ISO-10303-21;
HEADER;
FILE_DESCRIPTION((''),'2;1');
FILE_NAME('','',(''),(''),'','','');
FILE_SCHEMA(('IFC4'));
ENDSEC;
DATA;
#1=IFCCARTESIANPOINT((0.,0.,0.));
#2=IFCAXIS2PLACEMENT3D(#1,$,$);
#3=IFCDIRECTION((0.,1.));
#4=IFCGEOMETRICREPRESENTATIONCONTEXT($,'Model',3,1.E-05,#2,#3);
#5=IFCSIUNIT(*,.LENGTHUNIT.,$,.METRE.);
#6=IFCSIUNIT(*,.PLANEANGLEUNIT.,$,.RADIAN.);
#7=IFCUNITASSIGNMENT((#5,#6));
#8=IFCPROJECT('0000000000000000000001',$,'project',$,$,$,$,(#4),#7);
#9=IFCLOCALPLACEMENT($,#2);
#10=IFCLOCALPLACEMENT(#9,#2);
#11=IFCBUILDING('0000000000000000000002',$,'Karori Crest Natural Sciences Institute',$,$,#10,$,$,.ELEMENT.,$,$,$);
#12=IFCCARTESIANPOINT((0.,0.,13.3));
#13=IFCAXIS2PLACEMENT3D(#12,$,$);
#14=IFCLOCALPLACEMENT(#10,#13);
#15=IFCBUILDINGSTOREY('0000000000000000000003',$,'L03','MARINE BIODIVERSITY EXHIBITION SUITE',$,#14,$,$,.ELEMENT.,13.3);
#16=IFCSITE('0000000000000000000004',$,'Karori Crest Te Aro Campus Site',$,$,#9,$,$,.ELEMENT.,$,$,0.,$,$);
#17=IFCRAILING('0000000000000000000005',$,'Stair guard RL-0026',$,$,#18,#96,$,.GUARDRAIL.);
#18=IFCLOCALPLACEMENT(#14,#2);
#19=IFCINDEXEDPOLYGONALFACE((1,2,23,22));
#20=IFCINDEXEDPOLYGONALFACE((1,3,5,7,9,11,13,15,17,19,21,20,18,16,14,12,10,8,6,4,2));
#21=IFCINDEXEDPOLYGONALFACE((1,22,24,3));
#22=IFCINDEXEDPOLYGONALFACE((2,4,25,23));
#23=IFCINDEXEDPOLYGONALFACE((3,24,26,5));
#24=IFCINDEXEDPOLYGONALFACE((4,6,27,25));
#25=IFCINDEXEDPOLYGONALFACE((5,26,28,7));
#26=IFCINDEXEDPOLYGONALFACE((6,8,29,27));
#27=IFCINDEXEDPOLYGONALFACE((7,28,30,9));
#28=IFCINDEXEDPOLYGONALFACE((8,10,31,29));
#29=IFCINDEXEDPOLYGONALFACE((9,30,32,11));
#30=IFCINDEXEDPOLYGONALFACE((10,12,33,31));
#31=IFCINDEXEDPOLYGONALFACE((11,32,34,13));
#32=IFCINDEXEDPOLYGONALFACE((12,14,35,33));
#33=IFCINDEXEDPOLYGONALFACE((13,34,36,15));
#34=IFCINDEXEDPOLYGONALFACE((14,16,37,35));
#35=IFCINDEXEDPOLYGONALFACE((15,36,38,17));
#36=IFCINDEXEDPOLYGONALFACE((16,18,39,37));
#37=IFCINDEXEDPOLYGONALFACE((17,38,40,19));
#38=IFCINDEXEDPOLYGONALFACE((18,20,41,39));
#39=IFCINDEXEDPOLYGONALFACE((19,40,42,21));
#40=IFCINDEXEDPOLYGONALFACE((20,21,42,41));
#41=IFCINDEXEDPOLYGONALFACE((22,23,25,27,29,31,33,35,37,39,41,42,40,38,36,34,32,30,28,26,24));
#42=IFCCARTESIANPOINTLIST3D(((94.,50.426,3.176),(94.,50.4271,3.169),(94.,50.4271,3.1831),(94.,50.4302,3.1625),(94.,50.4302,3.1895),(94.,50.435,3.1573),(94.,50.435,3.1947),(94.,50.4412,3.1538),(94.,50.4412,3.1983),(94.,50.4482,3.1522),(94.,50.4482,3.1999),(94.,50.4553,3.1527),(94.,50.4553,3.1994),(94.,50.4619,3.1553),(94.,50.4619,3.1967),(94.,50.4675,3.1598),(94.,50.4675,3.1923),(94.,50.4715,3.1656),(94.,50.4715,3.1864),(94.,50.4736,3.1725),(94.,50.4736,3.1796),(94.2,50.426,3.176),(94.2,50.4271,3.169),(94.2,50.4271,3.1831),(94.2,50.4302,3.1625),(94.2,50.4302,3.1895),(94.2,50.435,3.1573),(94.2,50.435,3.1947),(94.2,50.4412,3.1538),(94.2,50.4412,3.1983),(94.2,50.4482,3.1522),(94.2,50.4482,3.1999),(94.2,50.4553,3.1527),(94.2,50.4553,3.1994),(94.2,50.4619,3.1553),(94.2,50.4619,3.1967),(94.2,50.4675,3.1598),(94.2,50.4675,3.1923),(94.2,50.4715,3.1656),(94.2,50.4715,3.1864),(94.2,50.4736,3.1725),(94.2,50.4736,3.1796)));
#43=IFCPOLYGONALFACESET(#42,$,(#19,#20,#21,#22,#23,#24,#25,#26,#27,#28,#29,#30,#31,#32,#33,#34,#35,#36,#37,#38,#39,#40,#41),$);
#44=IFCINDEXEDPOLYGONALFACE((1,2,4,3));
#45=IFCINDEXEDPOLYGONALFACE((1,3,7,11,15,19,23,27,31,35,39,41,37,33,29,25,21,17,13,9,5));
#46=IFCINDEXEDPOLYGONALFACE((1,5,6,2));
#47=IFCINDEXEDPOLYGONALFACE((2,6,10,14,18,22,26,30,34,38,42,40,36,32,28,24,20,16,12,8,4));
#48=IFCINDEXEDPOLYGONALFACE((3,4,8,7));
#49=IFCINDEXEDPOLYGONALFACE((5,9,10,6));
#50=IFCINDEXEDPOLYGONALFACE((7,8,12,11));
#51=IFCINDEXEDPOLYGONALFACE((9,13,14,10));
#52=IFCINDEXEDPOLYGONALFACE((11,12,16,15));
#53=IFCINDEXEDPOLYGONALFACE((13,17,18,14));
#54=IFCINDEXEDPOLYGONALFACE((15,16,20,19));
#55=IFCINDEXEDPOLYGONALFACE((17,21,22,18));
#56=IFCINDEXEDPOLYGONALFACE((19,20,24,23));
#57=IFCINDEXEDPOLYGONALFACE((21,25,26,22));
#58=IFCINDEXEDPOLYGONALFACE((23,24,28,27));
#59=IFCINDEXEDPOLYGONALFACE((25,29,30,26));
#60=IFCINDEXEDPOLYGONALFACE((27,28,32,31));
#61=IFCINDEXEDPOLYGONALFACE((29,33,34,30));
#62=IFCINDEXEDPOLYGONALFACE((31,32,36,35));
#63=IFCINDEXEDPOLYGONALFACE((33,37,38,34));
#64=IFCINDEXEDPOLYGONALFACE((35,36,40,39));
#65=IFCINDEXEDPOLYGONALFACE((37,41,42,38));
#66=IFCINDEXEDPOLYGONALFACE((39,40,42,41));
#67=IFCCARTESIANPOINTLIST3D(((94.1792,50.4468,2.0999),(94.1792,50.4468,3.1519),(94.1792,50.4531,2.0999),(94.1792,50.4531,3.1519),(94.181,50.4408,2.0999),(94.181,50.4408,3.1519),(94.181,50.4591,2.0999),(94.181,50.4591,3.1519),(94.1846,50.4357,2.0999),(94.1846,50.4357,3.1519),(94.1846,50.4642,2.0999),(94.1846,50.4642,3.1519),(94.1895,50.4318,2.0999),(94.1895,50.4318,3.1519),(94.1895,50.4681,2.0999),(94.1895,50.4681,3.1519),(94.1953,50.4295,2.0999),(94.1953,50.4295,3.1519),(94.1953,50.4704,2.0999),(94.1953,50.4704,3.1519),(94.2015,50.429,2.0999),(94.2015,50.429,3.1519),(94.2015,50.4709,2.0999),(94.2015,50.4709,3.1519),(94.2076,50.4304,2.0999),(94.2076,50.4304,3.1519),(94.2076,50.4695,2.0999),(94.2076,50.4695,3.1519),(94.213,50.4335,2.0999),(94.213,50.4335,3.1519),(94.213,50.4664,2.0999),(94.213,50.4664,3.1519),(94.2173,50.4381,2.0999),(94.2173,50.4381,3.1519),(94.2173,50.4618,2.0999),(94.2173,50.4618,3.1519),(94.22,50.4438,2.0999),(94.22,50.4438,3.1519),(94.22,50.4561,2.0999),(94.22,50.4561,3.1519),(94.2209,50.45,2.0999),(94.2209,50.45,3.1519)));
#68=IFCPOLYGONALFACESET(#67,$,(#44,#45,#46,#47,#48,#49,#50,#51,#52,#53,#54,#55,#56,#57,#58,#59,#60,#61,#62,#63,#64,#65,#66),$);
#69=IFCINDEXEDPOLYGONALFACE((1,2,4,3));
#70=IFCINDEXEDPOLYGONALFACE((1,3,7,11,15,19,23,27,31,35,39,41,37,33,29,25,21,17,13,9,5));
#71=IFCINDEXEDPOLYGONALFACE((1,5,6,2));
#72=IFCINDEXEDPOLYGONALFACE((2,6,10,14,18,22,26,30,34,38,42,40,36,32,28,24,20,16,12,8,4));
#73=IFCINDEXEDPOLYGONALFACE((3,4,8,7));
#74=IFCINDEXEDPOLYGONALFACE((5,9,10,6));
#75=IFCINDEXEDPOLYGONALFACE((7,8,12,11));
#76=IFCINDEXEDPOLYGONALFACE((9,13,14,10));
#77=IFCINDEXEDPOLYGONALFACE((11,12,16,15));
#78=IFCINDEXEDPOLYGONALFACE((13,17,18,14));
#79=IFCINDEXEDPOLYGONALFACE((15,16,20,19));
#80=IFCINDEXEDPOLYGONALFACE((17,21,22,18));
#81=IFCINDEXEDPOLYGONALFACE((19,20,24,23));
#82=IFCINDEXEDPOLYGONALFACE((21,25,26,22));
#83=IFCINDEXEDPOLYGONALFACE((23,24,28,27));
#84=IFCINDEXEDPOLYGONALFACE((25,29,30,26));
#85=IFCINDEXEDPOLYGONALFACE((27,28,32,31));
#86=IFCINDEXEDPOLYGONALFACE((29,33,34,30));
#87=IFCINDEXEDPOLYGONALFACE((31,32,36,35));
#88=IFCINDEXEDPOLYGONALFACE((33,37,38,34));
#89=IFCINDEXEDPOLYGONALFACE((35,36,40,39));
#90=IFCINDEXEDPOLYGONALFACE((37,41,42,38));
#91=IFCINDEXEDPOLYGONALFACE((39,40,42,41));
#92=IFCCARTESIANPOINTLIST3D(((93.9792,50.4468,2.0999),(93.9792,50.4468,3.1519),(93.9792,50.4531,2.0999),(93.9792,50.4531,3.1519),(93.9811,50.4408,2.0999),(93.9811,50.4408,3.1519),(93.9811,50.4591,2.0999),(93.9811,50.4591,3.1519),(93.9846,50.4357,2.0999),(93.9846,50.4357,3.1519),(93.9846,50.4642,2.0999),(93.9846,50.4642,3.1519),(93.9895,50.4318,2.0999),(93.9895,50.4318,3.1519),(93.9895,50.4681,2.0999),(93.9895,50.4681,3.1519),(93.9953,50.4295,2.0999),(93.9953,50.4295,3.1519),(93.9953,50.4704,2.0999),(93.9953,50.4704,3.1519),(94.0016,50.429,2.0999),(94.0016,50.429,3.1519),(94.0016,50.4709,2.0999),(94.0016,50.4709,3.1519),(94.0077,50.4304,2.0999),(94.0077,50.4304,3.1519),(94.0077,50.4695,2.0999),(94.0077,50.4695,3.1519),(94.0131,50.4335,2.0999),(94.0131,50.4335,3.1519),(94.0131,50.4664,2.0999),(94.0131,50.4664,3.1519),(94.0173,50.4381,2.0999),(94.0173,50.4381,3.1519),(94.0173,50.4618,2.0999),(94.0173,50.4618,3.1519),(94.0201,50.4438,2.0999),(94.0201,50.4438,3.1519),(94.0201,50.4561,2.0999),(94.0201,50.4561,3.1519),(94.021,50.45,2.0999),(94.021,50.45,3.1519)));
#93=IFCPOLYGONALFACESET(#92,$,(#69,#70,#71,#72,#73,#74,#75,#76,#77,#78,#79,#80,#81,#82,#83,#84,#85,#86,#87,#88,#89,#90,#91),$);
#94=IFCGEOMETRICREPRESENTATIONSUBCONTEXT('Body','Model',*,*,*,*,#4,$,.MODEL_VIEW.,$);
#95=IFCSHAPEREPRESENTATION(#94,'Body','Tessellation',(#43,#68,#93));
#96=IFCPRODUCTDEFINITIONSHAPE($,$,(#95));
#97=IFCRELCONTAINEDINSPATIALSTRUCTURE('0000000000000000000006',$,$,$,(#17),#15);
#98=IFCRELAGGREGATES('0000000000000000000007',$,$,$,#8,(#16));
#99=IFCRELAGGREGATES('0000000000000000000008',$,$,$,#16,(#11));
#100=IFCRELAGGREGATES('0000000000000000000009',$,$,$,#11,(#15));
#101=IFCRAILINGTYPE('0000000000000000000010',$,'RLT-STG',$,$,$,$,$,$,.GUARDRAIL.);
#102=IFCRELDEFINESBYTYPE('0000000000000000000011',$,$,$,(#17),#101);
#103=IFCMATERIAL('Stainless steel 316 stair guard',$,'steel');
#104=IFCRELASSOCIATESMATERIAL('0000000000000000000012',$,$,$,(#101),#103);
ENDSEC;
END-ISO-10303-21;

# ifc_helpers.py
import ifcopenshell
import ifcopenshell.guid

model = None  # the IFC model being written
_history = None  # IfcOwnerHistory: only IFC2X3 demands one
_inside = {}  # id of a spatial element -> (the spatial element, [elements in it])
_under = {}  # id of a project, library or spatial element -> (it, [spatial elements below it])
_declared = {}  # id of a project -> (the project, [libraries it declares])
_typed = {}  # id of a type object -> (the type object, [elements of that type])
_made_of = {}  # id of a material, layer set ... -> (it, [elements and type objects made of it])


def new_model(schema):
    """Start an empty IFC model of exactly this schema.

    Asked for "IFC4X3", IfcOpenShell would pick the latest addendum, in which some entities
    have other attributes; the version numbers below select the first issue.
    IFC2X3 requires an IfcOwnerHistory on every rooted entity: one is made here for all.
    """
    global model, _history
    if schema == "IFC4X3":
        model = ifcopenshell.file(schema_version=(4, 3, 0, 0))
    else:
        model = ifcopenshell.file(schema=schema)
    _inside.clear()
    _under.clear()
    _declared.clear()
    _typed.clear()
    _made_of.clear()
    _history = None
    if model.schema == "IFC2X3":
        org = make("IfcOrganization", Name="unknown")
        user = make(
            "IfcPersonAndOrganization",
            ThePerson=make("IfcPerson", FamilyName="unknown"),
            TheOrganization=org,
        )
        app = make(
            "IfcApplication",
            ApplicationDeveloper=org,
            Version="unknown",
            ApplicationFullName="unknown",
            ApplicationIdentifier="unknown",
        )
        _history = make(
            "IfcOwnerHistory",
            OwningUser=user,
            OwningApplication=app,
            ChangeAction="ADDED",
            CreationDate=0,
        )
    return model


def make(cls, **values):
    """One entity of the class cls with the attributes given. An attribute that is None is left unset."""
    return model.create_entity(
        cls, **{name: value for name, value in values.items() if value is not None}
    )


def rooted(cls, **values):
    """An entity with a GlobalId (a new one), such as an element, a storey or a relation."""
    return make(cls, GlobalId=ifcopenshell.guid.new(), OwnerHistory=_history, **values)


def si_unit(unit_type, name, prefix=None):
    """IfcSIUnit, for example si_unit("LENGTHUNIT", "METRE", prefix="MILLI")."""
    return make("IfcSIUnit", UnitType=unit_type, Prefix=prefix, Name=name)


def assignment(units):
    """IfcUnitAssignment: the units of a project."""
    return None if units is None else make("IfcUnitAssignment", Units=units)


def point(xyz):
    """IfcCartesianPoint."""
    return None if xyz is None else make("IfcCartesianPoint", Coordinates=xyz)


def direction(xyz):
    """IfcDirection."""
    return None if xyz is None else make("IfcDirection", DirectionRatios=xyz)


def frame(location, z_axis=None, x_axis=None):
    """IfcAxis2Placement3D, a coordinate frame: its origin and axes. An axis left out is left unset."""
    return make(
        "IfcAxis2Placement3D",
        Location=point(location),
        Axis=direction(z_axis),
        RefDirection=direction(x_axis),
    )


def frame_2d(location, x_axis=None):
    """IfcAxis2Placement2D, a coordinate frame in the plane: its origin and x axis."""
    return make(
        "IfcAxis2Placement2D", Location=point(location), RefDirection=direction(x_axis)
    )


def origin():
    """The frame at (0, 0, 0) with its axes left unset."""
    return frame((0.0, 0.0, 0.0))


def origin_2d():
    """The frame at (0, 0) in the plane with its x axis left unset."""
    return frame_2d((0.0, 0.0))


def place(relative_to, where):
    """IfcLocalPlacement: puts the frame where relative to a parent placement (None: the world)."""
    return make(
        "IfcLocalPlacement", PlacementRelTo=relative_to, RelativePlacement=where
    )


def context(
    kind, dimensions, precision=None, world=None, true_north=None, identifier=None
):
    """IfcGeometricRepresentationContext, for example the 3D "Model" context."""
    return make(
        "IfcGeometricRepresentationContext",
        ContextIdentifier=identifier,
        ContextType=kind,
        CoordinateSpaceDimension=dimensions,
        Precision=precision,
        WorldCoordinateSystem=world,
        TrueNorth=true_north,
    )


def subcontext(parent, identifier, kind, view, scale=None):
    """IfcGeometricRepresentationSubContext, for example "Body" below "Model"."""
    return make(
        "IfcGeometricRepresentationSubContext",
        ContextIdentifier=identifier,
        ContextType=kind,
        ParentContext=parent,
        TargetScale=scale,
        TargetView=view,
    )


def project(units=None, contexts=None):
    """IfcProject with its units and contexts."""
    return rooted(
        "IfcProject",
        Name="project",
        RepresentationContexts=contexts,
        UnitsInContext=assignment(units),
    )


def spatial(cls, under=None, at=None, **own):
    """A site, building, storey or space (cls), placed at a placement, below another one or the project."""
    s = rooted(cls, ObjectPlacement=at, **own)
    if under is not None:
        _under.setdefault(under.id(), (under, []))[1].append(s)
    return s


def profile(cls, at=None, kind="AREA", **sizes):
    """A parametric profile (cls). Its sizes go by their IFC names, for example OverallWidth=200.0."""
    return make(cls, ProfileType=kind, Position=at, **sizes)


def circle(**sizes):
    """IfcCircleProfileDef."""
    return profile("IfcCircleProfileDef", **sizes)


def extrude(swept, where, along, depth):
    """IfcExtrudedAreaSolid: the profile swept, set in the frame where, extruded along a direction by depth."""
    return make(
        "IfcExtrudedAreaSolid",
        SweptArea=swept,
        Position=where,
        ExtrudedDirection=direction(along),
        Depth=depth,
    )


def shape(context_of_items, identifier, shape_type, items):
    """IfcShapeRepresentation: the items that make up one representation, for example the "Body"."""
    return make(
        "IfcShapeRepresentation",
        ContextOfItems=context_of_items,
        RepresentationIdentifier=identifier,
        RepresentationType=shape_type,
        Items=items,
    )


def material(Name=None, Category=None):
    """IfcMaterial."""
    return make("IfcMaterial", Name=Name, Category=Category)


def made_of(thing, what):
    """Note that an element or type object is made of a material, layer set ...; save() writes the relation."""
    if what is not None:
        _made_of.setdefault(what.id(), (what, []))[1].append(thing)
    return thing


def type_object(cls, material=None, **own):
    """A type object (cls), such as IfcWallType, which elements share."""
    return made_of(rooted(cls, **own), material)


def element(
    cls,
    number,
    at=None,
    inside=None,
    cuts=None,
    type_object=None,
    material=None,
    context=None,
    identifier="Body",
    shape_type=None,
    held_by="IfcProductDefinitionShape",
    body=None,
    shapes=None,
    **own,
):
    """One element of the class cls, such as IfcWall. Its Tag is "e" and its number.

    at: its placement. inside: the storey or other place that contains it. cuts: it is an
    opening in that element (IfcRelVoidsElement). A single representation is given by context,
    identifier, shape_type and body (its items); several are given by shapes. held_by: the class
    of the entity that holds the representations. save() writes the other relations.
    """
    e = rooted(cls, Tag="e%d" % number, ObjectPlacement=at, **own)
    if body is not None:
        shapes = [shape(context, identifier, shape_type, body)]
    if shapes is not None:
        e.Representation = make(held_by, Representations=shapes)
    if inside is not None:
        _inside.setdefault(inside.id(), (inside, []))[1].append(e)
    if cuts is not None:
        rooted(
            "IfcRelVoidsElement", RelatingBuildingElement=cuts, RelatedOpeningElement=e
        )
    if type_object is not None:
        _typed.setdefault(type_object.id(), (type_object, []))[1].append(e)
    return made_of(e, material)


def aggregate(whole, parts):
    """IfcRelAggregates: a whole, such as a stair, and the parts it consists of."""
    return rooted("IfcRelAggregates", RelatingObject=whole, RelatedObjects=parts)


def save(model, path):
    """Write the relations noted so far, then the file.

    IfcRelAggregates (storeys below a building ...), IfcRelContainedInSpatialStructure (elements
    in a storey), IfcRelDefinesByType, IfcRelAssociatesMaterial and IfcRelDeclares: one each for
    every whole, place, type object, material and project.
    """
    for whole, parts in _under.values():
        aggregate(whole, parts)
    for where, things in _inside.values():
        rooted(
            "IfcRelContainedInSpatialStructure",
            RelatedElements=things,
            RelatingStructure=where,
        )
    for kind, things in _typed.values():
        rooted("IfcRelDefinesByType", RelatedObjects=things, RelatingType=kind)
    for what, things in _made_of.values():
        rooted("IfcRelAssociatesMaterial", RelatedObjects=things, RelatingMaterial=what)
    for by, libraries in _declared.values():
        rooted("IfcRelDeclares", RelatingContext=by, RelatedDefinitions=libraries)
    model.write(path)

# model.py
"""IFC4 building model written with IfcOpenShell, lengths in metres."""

from ifc_helpers import new_model, si_unit, direction, frame, origin, origin_2d, place, context, subcontext, project, spatial, circle, extrude, material, type_object, element, save


model = new_model("IFC4")

# Units and contexts
model_context = context("Model", 3, precision=1e-05, world=origin(), true_north=direction((0.0, 1.0)))
body_context = subcontext(model_context, "Body", "Model", "MODEL_VIEW")
ifc_project = project(units=[si_unit("LENGTHUNIT", "METRE"), si_unit("PLANEANGLEUNIT", "RADIAN")], contexts=[model_context])

# Site, building, storey
site_placement = place(None, origin())
site = spatial("IfcSite", under=ifc_project, at=site_placement, Name="Karori Crest Te Aro Campus Site", CompositionType="ELEMENT", RefElevation=0.0)
building_placement = place(site_placement, origin())
building = spatial("IfcBuilding", under=site, at=building_placement, Name="Karori Crest Natural Sciences Institute", CompositionType="ELEMENT")
storey_placement = place(building_placement, frame((0.0, 0.0, 13.3)))
storey = spatial("IfcBuildingStorey", under=building, at=storey_placement, Name="L03", Description="MARINE BIODIVERSITY EXHIBITION SUITE", CompositionType="ELEMENT", Elevation=13.3)

# Railing
ifc_material_1 = material(Name="Stainless steel 316 stair guard", Category="steel")
railing_type = type_object("IfcRailingType", Name="RLT-STG", PredefinedType="GUARDRAIL", material=ifc_material_1)
railing_1_placement = place(storey_placement, frame((94.2, 50.45, 2.0999)))
element("IfcRailing", 1, at=railing_1_placement, inside=storey, type_object=railing_type, Name="Stair guard RL-0026", PredefinedType="GUARDRAIL", context=body_context, shape_type="SweptSolid", body=[
    extrude(circle(Radius=0.0239, at=origin_2d()), frame((0.0, 0.0, 1.0762), z_axis=(-1.0, 0.0, 0.0), x_axis=(0.0, -1.0, 0.0)), (0.0, 0.0, 1.0), 0.2),
    extrude(circle(Radius=0.021, at=origin_2d()), origin(), (0.0, 0.0, 1.0), 1.052),
    extrude(circle(Radius=0.021, at=origin_2d()), frame((-0.2, 0.0, 0.0)), (0.0, 0.0, 1.0), 1.052),
])

save(model, "model.ifc")
